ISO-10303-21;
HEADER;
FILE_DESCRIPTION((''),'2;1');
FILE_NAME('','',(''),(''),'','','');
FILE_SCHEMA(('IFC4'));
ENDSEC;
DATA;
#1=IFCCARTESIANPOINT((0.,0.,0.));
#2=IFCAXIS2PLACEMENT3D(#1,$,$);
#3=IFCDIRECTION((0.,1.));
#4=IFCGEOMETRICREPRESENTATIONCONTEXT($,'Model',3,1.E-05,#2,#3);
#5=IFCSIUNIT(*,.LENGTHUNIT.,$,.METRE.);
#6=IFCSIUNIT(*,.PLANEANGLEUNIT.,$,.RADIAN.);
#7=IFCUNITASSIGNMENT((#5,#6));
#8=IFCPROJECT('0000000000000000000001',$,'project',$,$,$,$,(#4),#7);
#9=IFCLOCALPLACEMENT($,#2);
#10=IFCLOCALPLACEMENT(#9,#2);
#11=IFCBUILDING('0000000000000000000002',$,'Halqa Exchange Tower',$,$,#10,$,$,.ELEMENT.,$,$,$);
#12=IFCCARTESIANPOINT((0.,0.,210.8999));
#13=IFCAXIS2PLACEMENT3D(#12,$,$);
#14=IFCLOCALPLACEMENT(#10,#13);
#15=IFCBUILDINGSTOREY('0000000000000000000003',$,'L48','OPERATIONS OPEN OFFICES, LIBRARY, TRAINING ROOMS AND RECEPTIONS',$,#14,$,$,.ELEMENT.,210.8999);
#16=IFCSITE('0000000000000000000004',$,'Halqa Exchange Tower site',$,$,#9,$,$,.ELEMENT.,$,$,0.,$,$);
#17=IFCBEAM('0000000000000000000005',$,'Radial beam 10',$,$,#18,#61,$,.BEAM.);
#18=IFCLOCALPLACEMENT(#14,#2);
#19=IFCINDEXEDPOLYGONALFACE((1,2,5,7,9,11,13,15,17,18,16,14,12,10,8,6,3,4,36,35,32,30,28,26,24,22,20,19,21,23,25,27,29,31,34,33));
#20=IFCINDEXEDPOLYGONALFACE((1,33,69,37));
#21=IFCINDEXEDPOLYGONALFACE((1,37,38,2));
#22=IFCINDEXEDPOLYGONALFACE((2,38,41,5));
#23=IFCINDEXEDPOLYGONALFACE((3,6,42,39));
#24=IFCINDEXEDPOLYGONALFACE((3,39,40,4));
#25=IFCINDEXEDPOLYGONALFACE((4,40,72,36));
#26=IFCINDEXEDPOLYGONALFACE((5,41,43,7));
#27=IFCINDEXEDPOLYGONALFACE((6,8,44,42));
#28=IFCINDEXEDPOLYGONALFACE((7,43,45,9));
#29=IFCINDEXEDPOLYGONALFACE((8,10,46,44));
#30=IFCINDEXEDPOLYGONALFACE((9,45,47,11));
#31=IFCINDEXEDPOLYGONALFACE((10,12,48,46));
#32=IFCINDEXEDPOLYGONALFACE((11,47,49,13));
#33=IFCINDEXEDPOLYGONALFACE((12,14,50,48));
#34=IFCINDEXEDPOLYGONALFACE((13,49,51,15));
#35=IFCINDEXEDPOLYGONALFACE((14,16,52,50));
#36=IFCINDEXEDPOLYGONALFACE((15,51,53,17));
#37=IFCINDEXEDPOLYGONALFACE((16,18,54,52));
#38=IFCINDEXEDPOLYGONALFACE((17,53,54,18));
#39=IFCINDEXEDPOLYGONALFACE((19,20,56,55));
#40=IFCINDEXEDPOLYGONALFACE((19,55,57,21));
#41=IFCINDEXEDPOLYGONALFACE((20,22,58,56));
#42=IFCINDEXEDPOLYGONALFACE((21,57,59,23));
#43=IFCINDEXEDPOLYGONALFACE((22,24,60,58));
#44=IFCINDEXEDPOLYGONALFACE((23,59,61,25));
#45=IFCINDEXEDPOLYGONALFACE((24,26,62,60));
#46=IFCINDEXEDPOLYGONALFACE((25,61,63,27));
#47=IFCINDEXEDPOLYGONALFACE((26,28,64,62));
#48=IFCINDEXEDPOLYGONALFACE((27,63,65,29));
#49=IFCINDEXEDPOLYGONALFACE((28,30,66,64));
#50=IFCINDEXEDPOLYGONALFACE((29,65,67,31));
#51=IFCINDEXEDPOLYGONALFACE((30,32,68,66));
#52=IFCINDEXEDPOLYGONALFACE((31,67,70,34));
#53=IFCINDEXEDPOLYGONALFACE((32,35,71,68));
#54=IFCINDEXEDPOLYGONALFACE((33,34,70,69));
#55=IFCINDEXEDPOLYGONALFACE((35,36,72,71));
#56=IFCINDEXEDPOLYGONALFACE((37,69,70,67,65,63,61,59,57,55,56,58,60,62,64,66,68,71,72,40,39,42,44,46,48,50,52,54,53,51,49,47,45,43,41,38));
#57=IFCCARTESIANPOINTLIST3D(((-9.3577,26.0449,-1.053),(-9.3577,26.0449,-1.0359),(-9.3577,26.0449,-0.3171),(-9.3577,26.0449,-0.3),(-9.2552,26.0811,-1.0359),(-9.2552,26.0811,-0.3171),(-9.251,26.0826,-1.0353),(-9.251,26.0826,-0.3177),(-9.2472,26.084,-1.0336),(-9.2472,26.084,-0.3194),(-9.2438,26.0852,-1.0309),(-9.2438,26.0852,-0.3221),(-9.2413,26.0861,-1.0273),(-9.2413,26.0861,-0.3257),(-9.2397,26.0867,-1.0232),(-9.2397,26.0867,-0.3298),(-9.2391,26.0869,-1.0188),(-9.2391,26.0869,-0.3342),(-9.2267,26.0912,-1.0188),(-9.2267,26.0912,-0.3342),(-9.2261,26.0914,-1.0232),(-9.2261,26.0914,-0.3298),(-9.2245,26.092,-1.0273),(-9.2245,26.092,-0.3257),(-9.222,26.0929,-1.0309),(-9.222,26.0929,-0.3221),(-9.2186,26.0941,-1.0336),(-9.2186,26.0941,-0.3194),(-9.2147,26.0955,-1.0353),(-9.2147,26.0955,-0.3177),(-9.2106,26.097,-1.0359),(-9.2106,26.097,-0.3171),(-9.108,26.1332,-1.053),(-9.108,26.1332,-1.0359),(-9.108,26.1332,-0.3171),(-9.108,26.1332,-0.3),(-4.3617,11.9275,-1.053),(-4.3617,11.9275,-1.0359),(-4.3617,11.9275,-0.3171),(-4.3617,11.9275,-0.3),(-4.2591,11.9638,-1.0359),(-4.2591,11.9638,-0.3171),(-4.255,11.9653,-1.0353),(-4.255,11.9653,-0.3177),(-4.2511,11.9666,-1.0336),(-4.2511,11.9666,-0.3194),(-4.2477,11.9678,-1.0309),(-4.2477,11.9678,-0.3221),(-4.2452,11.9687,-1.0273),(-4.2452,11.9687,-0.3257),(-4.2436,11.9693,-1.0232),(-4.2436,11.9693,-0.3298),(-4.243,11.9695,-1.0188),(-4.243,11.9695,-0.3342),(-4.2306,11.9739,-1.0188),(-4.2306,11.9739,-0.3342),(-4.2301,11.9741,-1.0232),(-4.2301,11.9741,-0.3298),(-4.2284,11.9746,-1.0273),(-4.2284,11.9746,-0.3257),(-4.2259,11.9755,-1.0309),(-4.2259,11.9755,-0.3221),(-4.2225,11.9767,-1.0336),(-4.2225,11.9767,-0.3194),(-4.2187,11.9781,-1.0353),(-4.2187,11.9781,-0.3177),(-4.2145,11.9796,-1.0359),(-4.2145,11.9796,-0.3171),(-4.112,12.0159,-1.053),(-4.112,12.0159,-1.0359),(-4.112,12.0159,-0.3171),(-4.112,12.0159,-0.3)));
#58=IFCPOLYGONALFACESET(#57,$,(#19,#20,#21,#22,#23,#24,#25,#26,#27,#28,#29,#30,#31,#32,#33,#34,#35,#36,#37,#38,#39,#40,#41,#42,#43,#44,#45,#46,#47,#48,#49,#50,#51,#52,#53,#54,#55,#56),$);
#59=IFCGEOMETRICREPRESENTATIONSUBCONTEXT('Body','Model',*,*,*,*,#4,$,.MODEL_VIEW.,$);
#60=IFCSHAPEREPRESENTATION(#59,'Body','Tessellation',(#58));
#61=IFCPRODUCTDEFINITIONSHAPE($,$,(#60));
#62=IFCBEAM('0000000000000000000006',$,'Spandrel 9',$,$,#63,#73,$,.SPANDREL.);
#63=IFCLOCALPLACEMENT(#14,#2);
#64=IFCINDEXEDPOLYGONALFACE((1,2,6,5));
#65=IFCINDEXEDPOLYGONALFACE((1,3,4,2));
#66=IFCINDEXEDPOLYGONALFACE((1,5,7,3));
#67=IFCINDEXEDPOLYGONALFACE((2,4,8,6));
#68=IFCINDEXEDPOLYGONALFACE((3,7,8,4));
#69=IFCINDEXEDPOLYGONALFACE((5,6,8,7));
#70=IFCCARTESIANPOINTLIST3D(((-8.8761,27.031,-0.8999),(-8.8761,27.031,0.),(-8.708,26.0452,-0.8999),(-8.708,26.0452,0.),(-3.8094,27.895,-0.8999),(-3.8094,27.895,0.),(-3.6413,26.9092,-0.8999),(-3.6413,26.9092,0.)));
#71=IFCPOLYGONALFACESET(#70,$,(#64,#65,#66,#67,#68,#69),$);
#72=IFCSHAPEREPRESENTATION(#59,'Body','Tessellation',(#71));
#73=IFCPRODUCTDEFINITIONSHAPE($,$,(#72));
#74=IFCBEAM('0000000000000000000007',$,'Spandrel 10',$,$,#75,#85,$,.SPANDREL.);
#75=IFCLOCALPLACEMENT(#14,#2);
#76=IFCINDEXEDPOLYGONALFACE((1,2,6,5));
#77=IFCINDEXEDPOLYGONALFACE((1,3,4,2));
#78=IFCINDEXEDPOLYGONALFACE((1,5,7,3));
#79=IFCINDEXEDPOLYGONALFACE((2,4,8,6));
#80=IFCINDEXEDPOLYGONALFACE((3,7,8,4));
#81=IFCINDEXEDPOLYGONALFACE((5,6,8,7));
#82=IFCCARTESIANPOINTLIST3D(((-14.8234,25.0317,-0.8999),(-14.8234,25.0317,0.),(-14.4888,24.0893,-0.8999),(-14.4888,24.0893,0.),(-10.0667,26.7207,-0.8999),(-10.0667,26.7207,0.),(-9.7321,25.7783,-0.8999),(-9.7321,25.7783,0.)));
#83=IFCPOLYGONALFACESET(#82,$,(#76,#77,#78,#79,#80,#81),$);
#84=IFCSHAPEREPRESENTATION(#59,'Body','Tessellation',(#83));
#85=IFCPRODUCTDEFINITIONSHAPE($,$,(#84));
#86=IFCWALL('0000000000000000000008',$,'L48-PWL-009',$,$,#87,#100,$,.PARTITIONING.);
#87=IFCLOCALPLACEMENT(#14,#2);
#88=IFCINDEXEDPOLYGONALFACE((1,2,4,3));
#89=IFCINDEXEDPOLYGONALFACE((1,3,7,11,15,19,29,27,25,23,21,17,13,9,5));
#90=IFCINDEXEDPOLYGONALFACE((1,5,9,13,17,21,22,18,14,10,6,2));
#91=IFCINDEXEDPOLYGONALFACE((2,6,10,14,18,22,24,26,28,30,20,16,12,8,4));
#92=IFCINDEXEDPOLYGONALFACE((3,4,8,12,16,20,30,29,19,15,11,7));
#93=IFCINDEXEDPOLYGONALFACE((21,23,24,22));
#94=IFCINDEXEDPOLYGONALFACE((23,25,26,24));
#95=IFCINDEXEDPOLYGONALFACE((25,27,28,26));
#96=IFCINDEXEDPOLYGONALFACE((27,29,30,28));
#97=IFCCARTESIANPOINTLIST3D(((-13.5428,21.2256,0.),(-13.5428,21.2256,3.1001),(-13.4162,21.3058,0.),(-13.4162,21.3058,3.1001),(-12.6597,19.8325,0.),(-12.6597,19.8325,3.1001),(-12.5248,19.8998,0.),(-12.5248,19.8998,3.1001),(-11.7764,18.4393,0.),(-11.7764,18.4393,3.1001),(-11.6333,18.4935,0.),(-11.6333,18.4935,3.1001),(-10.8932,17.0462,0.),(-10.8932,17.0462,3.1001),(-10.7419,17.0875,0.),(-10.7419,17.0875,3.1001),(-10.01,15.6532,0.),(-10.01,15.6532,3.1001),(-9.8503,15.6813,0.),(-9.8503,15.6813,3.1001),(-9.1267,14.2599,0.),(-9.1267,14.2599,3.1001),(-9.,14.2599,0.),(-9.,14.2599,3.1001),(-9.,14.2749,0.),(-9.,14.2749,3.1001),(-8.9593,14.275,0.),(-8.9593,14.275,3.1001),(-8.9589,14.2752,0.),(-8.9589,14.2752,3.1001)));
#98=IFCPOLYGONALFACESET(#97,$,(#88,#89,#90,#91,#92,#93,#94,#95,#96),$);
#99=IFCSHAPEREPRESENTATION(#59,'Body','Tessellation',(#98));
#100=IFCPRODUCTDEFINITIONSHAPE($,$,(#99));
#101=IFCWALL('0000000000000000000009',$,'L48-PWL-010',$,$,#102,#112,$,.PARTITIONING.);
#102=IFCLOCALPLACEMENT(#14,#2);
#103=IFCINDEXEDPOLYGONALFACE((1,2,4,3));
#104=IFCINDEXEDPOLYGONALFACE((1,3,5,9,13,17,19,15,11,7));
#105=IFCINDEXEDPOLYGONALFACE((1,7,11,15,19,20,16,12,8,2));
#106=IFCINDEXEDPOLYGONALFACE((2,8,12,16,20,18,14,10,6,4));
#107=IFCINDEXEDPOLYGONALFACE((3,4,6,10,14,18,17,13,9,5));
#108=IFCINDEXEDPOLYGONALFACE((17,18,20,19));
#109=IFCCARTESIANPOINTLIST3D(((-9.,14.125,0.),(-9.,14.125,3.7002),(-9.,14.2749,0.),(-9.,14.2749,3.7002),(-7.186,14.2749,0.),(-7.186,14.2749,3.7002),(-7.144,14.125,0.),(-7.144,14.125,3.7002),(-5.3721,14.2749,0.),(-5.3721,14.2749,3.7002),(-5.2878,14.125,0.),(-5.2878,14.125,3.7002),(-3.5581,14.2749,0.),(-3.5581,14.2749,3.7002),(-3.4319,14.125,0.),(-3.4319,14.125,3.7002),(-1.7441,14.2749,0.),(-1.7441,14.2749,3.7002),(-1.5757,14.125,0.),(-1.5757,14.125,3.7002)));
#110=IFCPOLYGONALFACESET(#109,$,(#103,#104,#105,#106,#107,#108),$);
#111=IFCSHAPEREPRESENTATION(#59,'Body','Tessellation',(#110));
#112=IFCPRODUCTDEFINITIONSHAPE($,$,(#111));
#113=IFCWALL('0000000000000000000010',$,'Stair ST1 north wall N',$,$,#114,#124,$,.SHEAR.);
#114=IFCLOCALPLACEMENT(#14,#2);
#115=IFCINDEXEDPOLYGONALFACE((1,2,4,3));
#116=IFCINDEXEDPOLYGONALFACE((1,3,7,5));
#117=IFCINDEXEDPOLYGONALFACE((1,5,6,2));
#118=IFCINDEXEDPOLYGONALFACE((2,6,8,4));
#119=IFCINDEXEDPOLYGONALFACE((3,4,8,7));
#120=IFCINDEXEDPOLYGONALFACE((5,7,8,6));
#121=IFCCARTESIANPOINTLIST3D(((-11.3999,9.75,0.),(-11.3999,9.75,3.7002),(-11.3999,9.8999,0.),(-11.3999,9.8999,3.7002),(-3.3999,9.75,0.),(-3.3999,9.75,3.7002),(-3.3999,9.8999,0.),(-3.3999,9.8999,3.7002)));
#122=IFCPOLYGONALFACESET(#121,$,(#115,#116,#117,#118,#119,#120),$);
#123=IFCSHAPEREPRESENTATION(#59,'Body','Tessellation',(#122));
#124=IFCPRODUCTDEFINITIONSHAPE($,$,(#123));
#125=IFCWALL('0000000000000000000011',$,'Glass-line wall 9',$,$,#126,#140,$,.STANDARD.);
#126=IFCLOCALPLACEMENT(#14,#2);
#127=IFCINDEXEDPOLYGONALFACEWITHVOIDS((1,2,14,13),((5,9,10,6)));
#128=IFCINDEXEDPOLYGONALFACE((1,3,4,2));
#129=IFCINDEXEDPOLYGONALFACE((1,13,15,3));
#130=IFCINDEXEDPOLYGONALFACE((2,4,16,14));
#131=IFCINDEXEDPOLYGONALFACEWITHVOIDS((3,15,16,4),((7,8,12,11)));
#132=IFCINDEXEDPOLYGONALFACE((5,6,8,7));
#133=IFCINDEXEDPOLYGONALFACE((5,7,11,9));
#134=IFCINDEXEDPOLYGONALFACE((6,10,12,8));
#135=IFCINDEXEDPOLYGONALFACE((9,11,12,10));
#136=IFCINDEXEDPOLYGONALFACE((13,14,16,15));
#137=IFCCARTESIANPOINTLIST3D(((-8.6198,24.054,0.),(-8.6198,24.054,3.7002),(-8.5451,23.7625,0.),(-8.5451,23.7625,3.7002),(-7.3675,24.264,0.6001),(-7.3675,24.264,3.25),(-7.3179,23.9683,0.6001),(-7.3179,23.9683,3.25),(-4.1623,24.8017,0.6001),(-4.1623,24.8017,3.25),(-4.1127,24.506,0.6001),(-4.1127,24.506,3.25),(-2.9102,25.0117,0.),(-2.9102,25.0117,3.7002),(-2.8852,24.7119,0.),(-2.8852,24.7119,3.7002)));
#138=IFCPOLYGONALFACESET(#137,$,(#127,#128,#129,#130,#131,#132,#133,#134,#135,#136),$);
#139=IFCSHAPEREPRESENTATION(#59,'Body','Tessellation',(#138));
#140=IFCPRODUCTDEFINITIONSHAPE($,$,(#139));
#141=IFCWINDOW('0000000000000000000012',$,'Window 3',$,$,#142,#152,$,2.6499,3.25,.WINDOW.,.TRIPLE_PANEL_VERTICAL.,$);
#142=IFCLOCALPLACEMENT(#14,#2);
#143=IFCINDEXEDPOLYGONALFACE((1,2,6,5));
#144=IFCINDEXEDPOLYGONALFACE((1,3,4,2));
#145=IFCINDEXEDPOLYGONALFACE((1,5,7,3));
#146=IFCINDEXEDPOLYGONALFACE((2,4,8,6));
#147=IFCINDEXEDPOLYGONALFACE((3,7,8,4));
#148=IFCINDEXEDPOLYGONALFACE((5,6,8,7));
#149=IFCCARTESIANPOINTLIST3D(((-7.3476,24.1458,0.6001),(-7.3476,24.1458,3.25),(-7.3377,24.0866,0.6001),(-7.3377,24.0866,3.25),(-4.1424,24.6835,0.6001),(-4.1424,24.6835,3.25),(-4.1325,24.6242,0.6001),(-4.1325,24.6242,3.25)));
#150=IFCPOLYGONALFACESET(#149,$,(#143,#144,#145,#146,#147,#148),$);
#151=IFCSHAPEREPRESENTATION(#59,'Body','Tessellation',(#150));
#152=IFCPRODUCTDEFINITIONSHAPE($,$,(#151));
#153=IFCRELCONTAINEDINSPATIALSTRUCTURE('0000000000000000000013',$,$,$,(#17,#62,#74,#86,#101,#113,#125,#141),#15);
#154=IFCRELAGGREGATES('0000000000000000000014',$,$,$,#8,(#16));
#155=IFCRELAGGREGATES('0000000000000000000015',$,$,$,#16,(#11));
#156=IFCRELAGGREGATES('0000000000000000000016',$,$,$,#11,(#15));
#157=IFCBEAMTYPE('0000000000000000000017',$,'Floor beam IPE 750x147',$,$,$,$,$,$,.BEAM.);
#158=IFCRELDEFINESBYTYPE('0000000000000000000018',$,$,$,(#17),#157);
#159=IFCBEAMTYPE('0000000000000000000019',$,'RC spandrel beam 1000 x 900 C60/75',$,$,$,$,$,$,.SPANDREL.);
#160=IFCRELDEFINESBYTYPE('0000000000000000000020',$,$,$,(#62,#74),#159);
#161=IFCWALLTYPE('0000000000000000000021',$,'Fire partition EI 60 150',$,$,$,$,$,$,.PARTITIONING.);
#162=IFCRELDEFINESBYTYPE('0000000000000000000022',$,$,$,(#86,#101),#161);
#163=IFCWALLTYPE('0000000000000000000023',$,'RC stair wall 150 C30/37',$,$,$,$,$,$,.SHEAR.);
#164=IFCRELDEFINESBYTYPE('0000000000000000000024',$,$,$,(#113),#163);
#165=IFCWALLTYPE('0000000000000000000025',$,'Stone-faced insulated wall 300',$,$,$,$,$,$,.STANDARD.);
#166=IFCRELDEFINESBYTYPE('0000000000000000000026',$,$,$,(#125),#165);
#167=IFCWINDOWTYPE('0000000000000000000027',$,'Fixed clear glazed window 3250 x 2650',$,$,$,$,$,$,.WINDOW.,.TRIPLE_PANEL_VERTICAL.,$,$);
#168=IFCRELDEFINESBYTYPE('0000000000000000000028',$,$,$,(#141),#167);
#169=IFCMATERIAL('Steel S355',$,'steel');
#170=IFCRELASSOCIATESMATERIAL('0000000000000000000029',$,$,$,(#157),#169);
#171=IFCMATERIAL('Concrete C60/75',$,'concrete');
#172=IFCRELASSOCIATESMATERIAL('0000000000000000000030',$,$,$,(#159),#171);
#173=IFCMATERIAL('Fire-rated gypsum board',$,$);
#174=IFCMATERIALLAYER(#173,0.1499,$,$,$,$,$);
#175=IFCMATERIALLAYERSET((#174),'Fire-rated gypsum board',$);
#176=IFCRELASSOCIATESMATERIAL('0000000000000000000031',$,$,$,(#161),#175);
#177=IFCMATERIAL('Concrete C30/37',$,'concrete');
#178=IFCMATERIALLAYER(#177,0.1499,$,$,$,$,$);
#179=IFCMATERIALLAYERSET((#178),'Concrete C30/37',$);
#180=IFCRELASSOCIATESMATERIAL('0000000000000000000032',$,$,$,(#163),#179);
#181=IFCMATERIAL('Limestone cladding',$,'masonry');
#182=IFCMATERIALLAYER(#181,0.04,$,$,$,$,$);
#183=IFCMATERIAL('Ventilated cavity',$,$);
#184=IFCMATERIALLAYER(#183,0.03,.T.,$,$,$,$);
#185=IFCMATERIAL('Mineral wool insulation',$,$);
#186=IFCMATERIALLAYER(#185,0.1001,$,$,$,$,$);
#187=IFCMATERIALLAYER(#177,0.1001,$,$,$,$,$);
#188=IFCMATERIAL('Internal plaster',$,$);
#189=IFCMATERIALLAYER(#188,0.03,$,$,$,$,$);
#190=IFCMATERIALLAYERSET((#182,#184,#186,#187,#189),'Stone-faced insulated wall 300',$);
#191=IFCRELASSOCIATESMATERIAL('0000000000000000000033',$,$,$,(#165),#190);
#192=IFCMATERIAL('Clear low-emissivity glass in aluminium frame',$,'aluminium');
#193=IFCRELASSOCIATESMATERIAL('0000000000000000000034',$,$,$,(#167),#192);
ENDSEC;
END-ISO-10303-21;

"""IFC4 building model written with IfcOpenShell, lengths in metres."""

from ifc_helpers import new_model, si_unit, direction, frame, frame_2d, origin, origin_2d, place, context, subcontext, project, spatial, polyline, rectangle, i_section, outline, extrude, material, layer, layer_set, material_profile, profile_set, type_object, element, fill, save


model = new_model("IFC4")

# Units and contexts
model_context = context("Model", 3, precision=1e-05, world=origin(), true_north=direction((0.0, 1.0)))
body_context = subcontext(model_context, "Body", "Model", "MODEL_VIEW")
ifc_project = project(units=[si_unit("LENGTHUNIT", "METRE"), si_unit("PLANEANGLEUNIT", "RADIAN")], contexts=[model_context])

# Site, building, storey
site_placement = place(None, origin())
site = spatial("IfcSite", under=ifc_project, at=site_placement, Name="Halqa Exchange Tower site", CompositionType="ELEMENT", RefElevation=0.0)
building_placement = place(site_placement, origin())
building = spatial("IfcBuilding", under=site, at=building_placement, Name="Halqa Exchange Tower", CompositionType="ELEMENT")
storey_placement = place(building_placement, frame((0.0, 0.0, 210.8999)))
storey = spatial("IfcBuildingStorey", under=building, at=storey_placement, Name="L48", Description="OPERATIONS OPEN OFFICES, LIBRARY, TRAINING ROOMS AND RECEPTIONS", CompositionType="ELEMENT", Elevation=210.8999)

# Shared definitions
ifc_material_1 = material(Name="Concrete C60/75", Category="concrete")

# Beams
ifc_material_2 = material(Name="Steel S355", Category="steel")
ifc_material_profile_1 = material_profile(ifc_material_2, i_section(OverallWidth=0.2649, OverallDepth=0.7529, WebThickness=0.0132, FlangeThickness=0.0171, FilletRadius=0.0171, at=origin_2d()), Name="IPE 750x147")
ifc_profile_set_1 = profile_set([ifc_material_profile_1], Name="Steel S355")
beam_type_1 = type_object("IfcBeamType", Name="Floor beam IPE 750x147", PredefinedType="BEAM", material=ifc_profile_set_1)
beam_1_placement = place(storey_placement, frame((-4.2368, 11.9717, -0.6765), z_axis=(-0.33362, 0.942708, 0.0), x_axis=(-0.942708, -0.33362, 0.0)))
element("IfcBeam", 1, at=beam_1_placement, inside=storey, type_object=beam_type_1, Name="Radial beam 10", PredefinedType="BEAM", context=body_context, shape_type="SweptSolid", body=[
    extrude(i_section(OverallWidth=0.2649, OverallDepth=0.7529, WebThickness=0.0132, FlangeThickness=0.0171, FilletRadius=0.0171, at=origin_2d()), origin(), (0.0, 0.0, 1.0), 14.9753),
])
ifc_material_profile_2 = material_profile(ifc_material_1, rectangle(XDim=1.0, YDim=0.8999, at=origin_2d()), Name="1000 x 900")
ifc_profile_set_2 = profile_set([ifc_material_profile_2], Name="Concrete C60/75")
beam_type_2 = type_object("IfcBeamType", Name="RC spandrel beam 1000 x 900 C60/75", PredefinedType="SPANDREL", material=ifc_profile_set_2)
beam_2_placement = place(storey_placement, frame((-3.7253, 27.4021, -0.45), z_axis=(-0.985769, -0.168103, 0.0), x_axis=(0.168103, -0.985769, 0.0)))
element("IfcBeam", 2, at=beam_2_placement, inside=storey, type_object=beam_type_2, Name="Spandrel 9", PredefinedType="SPANDREL", context=body_context, shape_type="SweptSolid", body=[
    extrude(rectangle(XDim=1.0, YDim=0.8999, at=origin_2d()), origin(), (0.0, 0.0, 1.0), 5.1399),
])
beam_3_placement = place(storey_placement, frame((-9.8994, 26.2495, -0.45), z_axis=(-0.942356, -0.334611, 0.0), x_axis=(0.334611, -0.942356, 0.0)))
element("IfcBeam", 3, at=beam_3_placement, inside=storey, type_object=beam_type_2, Name="Spandrel 10", PredefinedType="SPANDREL", context=body_context, shape_type="SweptSolid", body=[
    extrude(rectangle(XDim=1.0, YDim=0.8999, at=origin_2d()), origin(), (0.0, 0.0, 1.0), 5.0476),
])

# Walls
ifc_material_3 = material(Name="Fire-rated gypsum board")
ifc_layer_1 = layer(ifc_material_3, 0.1499)
ifc_layer_set_1 = layer_set([ifc_layer_1], Name="Fire-rated gypsum board")
wall_type_1 = type_object("IfcWallType", Name="Fire partition EI 60 150", PredefinedType="PARTITIONING", material=ifc_layer_set_1)
wall_1_placement = place(storey_placement, frame((-9.0222, 14.2351, 0.0), z_axis=(0.0, 0.0, 1.0), x_axis=(-0.535448, 0.844568, 0.0)))
element("IfcWall", 4, at=wall_1_placement, inside=storey, type_object=wall_type_1, Name="L48-PWL-009", PredefinedType="PARTITIONING", context=body_context, shape_type="SweptSolid", body=[
    extrude(outline(polyline([(8.3245, 0.075), (6.675, 0.075), (5.0254, 0.075), (3.376, 0.075), (1.7266, 0.075), (0.0769, 0.075), (0.009, -0.032), (0.0217, -0.04), (0.0, -0.0745), (0.0, -0.075), (1.6648, -0.075), (3.3298, -0.075), (4.9946, -0.075), (6.6597, -0.075), (8.3245, -0.075), (8.3245, 0.075)])), origin(), (0.0, 0.0, 1.0), 3.1001),
])
wall_2_placement = place(storey_placement, frame((-9.0, 14.2, 0.0), z_axis=(0.0, 0.0, 1.0), x_axis=(1.0, 0.0, 0.0)))
element("IfcWall", 5, at=wall_2_placement, inside=storey, type_object=wall_type_1, Name="L48-PWL-010", PredefinedType="PARTITIONING", context=body_context, shape_type="SweptSolid", body=[
    extrude(outline(polyline([(0.0, -0.075), (1.856, -0.075), (3.7122, -0.075), (5.5681, -0.075), (7.4243, -0.075), (7.2559, 0.075), (5.4419, 0.075), (3.6279, 0.075), (1.814, 0.075), (0.0, 0.075), (0.0, -0.075)])), origin(), (0.0, 0.0, 1.0), 3.7002),
])

# Wall
ifc_material_4 = material(Name="Concrete C30/37", Category="concrete")
ifc_layer_2 = layer(ifc_material_4, 0.1499)
ifc_layer_set_2 = layer_set([ifc_layer_2], Name="Concrete C30/37")
wall_type_2 = type_object("IfcWallType", Name="RC stair wall 150 C30/37", PredefinedType="SHEAR", material=ifc_layer_set_2)
wall_3_placement = place(storey_placement, frame((-11.3999, 9.825, 0.0), z_axis=(0.0, 0.0, 1.0), x_axis=(1.0, 0.0, 0.0)))
element("IfcWall", 6, at=wall_3_placement, inside=storey, type_object=wall_type_2, Name="Stair ST1 north wall N", PredefinedType="SHEAR", context=body_context, shape_type="SweptSolid", body=[
    extrude(rectangle(XDim=8.0, YDim=0.1499, at=frame_2d((4.0, 0.0))), origin(), (0.0, 0.0, 1.0), 3.7002),
])

# Wall, opening, window
ifc_material_5 = material(Name="Limestone cladding", Category="masonry")
ifc_layer_3 = layer(ifc_material_5, 0.04)
ifc_material_6 = material(Name="Ventilated cavity")
ifc_layer_4 = layer(ifc_material_6, 0.03, ventilated=True)
ifc_material_7 = material(Name="Mineral wool insulation")
ifc_layer_5 = layer(ifc_material_7, 0.1001)
ifc_layer_6 = layer(ifc_material_4, 0.1001)
ifc_material_8 = material(Name="Internal plaster")
ifc_layer_7 = layer(ifc_material_8, 0.03)
ifc_layer_set_3 = layer_set([ifc_layer_3, ifc_layer_4, ifc_layer_5, ifc_layer_6, ifc_layer_7], Name="Stone-faced insulated wall 300")
wall_type_3 = type_object("IfcWallType", Name="Stone-faced insulated wall 300", PredefinedType="STANDARD", material=ifc_layer_set_3)
wall_4_placement = place(storey_placement, frame((-2.8977, 24.8618, 0.0), z_axis=(0.0, 0.0, 1.0), x_axis=(-0.986221, -0.165436, 0.0)))
wall_4 = element("IfcWall", 7, at=wall_4_placement, inside=storey, type_object=wall_type_3, Name="Glass-line wall 9", PredefinedType="STANDARD", context=body_context, shape_type="SweptSolid", body=[
    extrude(outline(polyline([(-0.0125, -0.1499), (5.7769, -0.1499), (5.7515, 0.1499), (0.0125, 0.1499), (-0.0125, -0.1499)])), origin(), (0.0, 0.0, 1.0), 3.7002),
])
opening_1_placement = place(wall_4_placement, frame((1.2571, 0.0, 0.6001)))
opening_1 = element("IfcOpeningElement", 8, at=opening_1_placement, cuts=wall_4, PredefinedType="OPENING", context=body_context, shape_type="SweptSolid", body=[
    extrude(rectangle(XDim=3.25, YDim=2.6499, at=frame_2d((1.625, 1.325))), frame((0.0, 0.1621, 0.0), z_axis=(0.0, -1.0, 0.0), x_axis=(1.0, 0.0, 0.0)), (0.0, 0.0, 1.0), 0.324),
])
ifc_material_9 = material(Name="Clear low-emissivity glass in aluminium frame", Category="aluminium")
window_type = type_object("IfcWindowType", Name="Fixed clear glazed window 3250 x 2650", PartitioningType="TRIPLE_PANEL_VERTICAL", PredefinedType="WINDOW", material=ifc_material_9)
window_1_placement = place(opening_1_placement, origin())
window_1 = element("IfcWindow", 9, at=window_1_placement, inside=storey, type_object=window_type, Name="Window 3", OverallHeight=2.6499, OverallWidth=3.25, PartitioningType="TRIPLE_PANEL_VERTICAL", PredefinedType="WINDOW", context=body_context, shape_type="SweptSolid", body=[
    extrude(rectangle(XDim=3.25, YDim=2.6499, at=frame_2d((1.625, 1.325))), frame((0.0, 0.03, 0.0), z_axis=(0.0, -1.0, 0.0), x_axis=(1.0, 0.0, 0.0)), (0.0, 0.0, 1.0), 0.0601),
])
fill(opening_1, window_1)

save(model, "model.ifc")
